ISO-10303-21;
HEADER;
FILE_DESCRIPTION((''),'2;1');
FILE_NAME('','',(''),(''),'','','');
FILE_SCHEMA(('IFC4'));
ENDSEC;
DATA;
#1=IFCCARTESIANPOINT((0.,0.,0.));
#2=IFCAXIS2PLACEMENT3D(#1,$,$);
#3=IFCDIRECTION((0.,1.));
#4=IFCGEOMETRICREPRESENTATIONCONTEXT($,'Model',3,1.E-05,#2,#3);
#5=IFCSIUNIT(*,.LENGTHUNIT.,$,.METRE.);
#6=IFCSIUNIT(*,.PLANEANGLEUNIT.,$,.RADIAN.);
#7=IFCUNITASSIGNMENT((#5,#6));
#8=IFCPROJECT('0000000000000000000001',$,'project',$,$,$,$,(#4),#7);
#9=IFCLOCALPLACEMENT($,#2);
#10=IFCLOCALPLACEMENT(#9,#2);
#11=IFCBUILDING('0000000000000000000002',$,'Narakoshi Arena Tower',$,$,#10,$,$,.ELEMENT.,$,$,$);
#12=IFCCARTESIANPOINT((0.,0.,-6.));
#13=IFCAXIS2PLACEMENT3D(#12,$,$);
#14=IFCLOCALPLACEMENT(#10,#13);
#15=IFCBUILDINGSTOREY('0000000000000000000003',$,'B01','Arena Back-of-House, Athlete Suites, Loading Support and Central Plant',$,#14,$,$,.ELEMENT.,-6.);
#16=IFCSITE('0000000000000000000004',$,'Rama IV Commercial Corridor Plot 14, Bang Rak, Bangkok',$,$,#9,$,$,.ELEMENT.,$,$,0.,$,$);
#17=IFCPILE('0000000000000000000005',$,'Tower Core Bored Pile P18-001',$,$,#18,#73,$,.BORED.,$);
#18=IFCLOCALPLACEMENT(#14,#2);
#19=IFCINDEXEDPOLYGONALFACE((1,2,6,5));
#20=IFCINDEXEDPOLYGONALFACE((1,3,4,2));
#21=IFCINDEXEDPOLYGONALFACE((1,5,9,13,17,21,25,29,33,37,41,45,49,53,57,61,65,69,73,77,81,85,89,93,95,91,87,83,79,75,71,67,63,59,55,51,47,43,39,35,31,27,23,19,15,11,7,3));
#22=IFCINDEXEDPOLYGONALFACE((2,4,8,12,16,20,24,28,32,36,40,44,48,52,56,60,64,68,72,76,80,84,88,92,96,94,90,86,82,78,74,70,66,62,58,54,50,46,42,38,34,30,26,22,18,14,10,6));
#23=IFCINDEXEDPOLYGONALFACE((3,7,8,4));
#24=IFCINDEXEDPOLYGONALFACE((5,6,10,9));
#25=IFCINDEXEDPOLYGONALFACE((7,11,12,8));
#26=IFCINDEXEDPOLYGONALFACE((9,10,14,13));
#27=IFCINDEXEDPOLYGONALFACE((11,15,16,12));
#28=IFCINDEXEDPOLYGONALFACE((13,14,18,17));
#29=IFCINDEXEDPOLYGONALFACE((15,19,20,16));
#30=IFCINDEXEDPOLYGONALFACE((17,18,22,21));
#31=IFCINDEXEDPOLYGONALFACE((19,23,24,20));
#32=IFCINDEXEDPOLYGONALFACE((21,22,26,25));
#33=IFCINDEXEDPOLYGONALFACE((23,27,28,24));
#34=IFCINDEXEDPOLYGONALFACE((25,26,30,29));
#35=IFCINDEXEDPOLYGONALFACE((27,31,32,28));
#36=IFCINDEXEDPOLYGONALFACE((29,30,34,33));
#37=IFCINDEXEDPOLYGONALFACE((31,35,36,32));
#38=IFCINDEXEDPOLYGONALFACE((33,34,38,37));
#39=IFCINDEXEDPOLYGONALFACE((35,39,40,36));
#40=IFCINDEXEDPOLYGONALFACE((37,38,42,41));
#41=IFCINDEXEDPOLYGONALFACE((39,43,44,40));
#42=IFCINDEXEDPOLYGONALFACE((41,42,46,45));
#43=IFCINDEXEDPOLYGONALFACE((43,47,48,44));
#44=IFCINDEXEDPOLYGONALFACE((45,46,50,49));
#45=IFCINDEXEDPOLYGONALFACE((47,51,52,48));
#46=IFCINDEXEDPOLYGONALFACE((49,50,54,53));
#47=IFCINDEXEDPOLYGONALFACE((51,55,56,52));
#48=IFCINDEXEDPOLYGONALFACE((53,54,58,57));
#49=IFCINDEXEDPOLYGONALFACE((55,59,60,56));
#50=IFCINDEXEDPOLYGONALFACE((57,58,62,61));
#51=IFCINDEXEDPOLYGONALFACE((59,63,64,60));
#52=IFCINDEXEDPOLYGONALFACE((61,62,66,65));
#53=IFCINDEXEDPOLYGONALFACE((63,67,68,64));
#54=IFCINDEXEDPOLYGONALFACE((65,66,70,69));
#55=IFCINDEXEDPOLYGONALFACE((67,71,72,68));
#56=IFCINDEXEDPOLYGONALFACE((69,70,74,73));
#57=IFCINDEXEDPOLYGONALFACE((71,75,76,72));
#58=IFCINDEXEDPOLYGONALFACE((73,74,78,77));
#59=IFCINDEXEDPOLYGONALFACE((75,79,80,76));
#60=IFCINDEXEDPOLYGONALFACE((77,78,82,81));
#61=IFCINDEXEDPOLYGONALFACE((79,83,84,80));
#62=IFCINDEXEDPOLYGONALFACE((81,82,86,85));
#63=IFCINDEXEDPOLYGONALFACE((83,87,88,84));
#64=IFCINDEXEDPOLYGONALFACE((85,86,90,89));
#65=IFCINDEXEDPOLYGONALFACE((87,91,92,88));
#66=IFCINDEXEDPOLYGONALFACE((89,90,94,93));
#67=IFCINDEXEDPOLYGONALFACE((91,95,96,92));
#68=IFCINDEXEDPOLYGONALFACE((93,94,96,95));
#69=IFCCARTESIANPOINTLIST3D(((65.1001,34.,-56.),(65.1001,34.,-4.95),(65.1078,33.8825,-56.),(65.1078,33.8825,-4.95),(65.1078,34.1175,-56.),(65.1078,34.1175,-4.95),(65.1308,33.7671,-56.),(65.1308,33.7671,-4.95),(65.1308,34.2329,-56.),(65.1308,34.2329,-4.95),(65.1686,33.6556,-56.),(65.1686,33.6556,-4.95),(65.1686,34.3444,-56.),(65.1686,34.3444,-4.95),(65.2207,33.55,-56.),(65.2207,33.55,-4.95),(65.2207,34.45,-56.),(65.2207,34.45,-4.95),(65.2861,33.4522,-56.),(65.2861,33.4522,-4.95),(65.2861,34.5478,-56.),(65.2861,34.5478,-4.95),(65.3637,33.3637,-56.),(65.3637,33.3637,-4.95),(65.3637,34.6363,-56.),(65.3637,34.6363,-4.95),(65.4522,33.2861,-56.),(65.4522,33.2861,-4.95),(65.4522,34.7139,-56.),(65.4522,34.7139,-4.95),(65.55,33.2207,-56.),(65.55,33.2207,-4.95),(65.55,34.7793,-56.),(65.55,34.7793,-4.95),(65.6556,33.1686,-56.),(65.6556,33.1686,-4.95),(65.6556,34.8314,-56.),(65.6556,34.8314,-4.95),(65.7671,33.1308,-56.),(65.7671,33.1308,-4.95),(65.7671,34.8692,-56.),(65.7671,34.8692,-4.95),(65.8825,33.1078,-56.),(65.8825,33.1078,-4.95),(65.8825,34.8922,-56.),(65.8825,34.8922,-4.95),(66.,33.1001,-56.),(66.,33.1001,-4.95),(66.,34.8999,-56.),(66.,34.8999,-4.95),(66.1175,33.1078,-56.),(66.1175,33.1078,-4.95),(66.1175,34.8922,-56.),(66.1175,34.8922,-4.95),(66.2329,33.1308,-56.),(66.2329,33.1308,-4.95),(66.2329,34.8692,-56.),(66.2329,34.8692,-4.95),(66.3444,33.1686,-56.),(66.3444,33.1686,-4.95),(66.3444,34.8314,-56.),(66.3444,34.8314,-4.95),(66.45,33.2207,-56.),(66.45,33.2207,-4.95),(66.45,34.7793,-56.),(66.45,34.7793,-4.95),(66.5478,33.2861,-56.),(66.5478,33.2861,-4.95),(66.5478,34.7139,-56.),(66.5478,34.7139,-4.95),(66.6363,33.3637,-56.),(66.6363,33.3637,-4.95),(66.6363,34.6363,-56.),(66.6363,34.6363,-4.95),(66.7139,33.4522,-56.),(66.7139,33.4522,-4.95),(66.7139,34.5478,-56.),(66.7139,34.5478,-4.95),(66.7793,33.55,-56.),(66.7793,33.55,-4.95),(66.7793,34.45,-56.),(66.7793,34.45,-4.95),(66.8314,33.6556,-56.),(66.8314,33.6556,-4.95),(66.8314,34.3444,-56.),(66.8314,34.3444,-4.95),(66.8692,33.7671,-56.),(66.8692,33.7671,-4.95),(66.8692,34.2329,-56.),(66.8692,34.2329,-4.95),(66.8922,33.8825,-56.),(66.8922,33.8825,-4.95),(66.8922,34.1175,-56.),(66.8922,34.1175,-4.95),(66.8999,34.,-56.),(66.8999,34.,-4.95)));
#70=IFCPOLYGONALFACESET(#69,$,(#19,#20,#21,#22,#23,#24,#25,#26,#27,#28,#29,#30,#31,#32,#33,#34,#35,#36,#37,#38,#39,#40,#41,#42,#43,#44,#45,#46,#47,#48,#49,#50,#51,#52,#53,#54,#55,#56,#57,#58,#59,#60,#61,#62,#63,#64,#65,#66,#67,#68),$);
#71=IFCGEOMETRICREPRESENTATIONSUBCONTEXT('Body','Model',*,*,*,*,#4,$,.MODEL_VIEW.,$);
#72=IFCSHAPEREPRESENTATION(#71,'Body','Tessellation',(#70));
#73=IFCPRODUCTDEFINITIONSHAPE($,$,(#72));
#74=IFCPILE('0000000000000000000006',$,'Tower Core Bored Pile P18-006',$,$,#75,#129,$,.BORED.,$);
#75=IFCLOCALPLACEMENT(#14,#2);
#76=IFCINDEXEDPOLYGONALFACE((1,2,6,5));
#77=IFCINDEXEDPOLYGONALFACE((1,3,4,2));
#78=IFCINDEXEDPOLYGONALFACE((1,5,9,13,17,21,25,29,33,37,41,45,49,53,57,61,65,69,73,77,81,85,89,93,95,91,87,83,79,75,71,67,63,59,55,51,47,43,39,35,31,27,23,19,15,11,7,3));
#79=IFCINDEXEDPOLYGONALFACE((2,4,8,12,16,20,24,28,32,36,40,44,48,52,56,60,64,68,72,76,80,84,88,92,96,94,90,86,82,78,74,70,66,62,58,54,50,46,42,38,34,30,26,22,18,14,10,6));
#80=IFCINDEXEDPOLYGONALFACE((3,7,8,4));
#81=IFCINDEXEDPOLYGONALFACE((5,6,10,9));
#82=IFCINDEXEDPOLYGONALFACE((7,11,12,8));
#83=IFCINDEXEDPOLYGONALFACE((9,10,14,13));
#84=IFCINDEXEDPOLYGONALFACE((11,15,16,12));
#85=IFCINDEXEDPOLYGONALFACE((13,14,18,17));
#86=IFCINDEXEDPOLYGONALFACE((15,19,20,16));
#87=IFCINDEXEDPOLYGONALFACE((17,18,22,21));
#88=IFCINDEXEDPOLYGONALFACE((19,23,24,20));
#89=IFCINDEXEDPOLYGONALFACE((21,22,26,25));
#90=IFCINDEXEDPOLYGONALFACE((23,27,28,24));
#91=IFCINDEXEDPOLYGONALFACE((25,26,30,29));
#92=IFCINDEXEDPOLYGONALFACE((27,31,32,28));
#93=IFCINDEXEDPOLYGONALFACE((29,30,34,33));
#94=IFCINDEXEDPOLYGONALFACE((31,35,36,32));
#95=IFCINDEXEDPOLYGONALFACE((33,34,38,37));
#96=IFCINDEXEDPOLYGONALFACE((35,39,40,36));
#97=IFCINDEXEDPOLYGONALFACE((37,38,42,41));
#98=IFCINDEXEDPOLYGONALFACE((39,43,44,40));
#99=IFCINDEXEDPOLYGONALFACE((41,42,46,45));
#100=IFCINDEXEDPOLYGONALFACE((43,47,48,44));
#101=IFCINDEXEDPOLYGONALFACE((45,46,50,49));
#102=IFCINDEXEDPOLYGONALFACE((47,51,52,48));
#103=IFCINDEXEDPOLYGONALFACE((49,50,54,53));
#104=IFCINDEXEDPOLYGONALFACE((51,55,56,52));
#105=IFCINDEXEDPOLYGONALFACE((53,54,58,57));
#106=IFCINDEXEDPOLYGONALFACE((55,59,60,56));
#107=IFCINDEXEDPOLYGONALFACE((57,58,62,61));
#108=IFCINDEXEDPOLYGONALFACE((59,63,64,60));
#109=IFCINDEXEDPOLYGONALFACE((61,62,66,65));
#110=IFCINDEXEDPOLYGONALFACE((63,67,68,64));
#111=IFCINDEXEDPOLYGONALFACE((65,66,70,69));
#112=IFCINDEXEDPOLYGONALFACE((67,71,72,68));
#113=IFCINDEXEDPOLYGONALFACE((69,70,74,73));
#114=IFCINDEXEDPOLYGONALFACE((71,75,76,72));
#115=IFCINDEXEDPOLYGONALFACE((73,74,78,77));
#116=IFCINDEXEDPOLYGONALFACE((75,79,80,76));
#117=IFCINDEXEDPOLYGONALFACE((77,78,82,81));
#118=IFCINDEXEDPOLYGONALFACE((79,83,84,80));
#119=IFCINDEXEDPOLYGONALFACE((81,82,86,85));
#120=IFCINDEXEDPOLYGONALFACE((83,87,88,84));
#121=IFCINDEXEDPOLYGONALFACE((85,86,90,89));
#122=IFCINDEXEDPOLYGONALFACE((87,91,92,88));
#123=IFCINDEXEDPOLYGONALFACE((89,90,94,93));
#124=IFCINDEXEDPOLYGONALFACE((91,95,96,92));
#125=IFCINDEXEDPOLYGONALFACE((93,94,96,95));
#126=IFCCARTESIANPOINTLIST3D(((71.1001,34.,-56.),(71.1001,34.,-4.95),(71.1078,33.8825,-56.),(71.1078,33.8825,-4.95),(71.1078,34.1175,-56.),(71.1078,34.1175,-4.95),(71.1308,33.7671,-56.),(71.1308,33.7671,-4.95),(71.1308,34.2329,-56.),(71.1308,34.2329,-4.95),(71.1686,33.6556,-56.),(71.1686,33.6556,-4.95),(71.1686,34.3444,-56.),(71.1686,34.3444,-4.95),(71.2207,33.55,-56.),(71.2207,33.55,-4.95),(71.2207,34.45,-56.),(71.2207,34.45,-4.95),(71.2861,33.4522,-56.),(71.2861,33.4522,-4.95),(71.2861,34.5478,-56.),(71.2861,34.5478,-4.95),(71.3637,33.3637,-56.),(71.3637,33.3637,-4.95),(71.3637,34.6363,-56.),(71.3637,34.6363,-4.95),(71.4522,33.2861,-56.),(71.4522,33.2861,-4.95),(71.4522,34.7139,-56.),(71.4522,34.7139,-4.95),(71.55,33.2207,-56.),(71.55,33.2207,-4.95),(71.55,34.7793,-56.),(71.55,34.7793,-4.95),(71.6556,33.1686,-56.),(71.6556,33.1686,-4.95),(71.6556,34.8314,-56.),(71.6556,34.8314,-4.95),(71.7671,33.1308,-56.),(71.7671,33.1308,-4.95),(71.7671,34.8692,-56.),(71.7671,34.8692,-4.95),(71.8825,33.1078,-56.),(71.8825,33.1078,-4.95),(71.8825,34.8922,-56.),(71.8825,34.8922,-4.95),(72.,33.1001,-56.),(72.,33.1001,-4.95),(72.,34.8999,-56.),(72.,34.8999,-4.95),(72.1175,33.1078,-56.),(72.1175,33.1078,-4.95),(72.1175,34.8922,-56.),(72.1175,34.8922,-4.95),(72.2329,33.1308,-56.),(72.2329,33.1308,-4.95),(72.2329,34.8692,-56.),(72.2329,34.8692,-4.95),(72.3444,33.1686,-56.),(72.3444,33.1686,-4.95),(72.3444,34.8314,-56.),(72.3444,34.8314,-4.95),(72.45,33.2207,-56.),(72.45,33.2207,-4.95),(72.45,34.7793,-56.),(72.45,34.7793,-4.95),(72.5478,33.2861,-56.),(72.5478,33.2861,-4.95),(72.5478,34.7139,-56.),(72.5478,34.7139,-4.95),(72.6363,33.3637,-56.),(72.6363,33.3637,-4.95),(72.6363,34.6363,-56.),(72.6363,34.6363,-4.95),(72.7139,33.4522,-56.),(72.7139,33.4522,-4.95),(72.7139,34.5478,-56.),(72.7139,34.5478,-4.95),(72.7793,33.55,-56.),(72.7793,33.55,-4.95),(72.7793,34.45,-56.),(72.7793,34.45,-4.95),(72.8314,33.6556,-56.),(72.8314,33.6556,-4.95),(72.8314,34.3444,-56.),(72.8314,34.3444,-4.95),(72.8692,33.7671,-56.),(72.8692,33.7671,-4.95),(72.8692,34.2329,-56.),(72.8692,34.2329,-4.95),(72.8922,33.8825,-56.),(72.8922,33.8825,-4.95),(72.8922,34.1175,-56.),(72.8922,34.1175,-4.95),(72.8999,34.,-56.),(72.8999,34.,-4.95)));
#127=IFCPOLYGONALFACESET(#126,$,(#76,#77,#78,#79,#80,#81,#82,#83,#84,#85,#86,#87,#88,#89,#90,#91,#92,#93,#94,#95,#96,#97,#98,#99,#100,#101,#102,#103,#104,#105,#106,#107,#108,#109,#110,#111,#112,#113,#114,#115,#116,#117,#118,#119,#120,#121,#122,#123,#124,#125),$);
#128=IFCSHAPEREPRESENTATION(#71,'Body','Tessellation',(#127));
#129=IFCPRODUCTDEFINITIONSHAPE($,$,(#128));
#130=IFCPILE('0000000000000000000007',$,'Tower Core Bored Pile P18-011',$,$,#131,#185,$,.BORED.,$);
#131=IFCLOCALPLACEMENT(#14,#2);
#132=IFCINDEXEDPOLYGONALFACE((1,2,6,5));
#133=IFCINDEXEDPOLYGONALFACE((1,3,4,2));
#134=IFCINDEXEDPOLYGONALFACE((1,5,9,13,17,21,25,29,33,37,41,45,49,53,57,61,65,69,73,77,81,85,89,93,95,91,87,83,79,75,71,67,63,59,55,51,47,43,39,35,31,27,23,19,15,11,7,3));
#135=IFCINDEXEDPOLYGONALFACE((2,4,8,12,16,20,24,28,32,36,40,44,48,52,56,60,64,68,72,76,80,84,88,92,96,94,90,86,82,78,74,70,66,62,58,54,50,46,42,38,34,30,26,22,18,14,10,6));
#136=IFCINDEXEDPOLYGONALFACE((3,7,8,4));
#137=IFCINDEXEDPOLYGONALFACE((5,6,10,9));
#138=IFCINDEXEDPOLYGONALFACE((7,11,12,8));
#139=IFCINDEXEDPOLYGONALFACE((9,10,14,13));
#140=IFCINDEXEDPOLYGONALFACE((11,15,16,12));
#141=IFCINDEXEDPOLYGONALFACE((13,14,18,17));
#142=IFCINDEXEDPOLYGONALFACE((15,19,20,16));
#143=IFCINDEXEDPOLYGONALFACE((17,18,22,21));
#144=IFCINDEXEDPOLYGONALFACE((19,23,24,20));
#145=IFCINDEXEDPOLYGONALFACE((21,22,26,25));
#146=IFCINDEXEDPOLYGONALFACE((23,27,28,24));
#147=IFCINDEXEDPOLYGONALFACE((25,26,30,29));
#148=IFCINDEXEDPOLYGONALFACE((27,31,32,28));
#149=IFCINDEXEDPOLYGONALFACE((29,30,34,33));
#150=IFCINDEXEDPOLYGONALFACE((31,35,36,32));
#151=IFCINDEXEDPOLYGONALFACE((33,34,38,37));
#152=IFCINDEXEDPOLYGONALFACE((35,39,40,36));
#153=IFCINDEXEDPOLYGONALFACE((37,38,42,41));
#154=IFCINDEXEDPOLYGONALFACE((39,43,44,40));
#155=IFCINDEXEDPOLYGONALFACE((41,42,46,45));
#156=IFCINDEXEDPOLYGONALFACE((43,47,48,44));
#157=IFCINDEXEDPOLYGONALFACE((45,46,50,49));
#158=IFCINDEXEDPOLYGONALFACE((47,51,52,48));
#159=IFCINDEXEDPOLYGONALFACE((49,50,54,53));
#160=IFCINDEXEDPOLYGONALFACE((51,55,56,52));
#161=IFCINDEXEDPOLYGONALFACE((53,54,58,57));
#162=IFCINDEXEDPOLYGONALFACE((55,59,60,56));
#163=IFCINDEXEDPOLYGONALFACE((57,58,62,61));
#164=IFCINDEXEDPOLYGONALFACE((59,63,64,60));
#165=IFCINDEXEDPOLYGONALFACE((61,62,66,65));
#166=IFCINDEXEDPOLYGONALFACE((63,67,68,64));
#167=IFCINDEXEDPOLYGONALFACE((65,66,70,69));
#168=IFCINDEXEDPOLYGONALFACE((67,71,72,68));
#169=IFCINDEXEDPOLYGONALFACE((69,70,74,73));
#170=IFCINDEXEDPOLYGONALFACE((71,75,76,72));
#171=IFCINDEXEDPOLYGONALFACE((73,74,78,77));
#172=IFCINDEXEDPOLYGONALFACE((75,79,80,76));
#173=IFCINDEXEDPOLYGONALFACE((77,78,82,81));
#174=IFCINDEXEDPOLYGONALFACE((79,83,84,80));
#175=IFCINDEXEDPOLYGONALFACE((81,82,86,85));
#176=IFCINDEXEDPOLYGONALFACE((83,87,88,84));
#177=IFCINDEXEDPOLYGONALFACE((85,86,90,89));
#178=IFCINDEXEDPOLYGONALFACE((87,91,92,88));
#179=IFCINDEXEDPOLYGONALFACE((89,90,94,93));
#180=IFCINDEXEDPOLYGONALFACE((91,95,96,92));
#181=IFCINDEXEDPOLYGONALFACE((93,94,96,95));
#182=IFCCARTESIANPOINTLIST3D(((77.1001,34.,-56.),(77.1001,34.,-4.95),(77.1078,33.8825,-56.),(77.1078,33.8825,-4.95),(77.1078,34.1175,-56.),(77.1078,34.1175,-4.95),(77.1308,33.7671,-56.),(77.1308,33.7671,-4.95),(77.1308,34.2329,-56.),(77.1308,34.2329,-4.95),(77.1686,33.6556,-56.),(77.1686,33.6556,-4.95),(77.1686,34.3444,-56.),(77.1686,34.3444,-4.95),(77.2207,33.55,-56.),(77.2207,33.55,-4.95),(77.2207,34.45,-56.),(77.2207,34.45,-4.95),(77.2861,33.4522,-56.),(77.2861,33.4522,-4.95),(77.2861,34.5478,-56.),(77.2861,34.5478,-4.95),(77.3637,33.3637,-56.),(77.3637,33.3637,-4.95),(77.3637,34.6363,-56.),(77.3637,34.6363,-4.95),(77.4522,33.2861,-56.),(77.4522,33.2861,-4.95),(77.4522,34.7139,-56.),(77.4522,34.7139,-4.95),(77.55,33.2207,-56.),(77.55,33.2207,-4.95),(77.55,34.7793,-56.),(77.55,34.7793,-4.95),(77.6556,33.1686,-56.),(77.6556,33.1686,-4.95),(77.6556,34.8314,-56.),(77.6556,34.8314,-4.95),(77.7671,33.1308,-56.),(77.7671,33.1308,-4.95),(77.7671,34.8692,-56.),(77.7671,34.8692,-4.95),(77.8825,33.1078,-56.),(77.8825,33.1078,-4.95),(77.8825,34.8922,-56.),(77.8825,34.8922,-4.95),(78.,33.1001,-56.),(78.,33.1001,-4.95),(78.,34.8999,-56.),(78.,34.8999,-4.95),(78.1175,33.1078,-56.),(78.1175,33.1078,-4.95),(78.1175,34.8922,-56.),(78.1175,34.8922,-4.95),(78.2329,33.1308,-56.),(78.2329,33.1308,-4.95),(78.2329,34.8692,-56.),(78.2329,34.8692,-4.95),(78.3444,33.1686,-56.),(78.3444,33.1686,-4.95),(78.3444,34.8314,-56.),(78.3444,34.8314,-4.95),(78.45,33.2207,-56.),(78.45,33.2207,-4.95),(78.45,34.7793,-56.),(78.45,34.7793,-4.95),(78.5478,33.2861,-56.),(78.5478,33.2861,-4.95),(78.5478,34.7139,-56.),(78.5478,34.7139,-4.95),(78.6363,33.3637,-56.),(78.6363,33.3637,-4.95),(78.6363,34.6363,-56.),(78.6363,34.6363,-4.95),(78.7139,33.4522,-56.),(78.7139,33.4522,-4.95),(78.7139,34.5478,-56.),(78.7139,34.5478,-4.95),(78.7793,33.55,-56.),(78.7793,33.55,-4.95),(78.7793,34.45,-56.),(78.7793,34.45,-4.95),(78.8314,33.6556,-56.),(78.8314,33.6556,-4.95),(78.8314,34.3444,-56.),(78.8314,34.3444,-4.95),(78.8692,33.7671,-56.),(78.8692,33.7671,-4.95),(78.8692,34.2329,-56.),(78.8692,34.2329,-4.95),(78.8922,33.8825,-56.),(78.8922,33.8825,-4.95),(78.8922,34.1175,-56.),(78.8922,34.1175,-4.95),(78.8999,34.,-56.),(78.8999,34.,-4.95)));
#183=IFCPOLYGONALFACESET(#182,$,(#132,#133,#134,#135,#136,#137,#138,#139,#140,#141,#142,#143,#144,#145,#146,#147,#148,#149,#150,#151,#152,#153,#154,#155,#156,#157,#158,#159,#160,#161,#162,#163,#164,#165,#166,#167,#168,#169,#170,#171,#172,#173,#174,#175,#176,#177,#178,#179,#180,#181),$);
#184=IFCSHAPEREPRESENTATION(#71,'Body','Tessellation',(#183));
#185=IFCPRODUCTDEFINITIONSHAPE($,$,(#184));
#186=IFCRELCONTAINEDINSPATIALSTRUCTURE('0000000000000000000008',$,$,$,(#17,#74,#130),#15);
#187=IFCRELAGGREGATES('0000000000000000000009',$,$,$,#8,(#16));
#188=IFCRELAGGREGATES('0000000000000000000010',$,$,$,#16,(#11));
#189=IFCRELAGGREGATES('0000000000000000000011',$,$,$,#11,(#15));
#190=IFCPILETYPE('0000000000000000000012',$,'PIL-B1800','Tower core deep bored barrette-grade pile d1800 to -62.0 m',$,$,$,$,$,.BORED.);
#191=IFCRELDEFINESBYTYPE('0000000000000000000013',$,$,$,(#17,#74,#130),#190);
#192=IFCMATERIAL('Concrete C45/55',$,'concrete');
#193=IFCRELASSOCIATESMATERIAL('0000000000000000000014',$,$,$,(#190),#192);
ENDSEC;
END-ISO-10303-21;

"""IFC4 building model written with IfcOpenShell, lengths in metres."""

from ifc_helpers import new_model, si_unit, direction, frame, origin, origin_2d, place, context, subcontext, project, spatial, circle, extrude, material, material_profile, profile_set, type_object, element, save


model = new_model("IFC4")

# Units and contexts
model_context = context("Model", 3, precision=1e-05, world=origin(), true_north=direction((0.0, 1.0)))
body_context = subcontext(model_context, "Body", "Model", "MODEL_VIEW")
ifc_project = project(units=[si_unit("LENGTHUNIT", "METRE"), si_unit("PLANEANGLEUNIT", "RADIAN")], contexts=[model_context])

# Site, building, storey
site_placement = place(None, origin())
site = spatial("IfcSite", under=ifc_project, at=site_placement, Name="Rama IV Commercial Corridor Plot 14, Bang Rak, Bangkok", CompositionType="ELEMENT", RefElevation=0.0)
building_placement = place(site_placement, origin())
building = spatial("IfcBuilding", under=site, at=building_placement, Name="Narakoshi Arena Tower", CompositionType="ELEMENT")
storey_placement = place(building_placement, frame((0.0, 0.0, -6.0)))
storey = spatial("IfcBuildingStorey", under=building, at=storey_placement, Name="B01", Description="Arena Back-of-House, Athlete Suites, Loading Support and Central Plant", CompositionType="ELEMENT", Elevation=-6.0)

# Piles
ifc_material_1 = material(Name="Concrete C45/55", Category="concrete")
ifc_material_profile_1 = material_profile(ifc_material_1, circle(Radius=0.8999, at=origin_2d()), Name="PILE-D1800")
ifc_profile_set_1 = profile_set([ifc_material_profile_1], Name="Concrete C45/55")
pile_type = type_object("IfcPileType", Name="PIL-B1800", Description="Tower core deep bored barrette-grade pile d1800 to -62.0 m", PredefinedType="BORED", material=ifc_profile_set_1)
for number, where, z_axis, x_axis, name in (
    (1, (66.0, 34.0, -4.95), (0.0, 0.0, -1.0), (1.0, 0.0, 0.0), "Tower Core Bored Pile P18-001"),
    (2, (72.0, 34.0, -4.95), (0.0, 0.0, -1.0), (1.0, 0.0, 0.0), "Tower Core Bored Pile P18-006"),
    (3, (78.0, 34.0, -4.95), (0.0, 0.0, -1.0), (1.0, 0.0, 0.0), "Tower Core Bored Pile P18-011"),
):
    element("IfcPile", number, at=place(storey_placement, frame(where, z_axis=z_axis, x_axis=x_axis)), inside=storey, type_object=pile_type, Name=name, PredefinedType="BORED", context=body_context, shape_type="SweptSolid", body=[
        extrude(circle(Radius=0.8999, at=origin_2d()), origin(), (0.0, 0.0, 1.0), 51.05),
    ])

save(model, "model.ifc")
